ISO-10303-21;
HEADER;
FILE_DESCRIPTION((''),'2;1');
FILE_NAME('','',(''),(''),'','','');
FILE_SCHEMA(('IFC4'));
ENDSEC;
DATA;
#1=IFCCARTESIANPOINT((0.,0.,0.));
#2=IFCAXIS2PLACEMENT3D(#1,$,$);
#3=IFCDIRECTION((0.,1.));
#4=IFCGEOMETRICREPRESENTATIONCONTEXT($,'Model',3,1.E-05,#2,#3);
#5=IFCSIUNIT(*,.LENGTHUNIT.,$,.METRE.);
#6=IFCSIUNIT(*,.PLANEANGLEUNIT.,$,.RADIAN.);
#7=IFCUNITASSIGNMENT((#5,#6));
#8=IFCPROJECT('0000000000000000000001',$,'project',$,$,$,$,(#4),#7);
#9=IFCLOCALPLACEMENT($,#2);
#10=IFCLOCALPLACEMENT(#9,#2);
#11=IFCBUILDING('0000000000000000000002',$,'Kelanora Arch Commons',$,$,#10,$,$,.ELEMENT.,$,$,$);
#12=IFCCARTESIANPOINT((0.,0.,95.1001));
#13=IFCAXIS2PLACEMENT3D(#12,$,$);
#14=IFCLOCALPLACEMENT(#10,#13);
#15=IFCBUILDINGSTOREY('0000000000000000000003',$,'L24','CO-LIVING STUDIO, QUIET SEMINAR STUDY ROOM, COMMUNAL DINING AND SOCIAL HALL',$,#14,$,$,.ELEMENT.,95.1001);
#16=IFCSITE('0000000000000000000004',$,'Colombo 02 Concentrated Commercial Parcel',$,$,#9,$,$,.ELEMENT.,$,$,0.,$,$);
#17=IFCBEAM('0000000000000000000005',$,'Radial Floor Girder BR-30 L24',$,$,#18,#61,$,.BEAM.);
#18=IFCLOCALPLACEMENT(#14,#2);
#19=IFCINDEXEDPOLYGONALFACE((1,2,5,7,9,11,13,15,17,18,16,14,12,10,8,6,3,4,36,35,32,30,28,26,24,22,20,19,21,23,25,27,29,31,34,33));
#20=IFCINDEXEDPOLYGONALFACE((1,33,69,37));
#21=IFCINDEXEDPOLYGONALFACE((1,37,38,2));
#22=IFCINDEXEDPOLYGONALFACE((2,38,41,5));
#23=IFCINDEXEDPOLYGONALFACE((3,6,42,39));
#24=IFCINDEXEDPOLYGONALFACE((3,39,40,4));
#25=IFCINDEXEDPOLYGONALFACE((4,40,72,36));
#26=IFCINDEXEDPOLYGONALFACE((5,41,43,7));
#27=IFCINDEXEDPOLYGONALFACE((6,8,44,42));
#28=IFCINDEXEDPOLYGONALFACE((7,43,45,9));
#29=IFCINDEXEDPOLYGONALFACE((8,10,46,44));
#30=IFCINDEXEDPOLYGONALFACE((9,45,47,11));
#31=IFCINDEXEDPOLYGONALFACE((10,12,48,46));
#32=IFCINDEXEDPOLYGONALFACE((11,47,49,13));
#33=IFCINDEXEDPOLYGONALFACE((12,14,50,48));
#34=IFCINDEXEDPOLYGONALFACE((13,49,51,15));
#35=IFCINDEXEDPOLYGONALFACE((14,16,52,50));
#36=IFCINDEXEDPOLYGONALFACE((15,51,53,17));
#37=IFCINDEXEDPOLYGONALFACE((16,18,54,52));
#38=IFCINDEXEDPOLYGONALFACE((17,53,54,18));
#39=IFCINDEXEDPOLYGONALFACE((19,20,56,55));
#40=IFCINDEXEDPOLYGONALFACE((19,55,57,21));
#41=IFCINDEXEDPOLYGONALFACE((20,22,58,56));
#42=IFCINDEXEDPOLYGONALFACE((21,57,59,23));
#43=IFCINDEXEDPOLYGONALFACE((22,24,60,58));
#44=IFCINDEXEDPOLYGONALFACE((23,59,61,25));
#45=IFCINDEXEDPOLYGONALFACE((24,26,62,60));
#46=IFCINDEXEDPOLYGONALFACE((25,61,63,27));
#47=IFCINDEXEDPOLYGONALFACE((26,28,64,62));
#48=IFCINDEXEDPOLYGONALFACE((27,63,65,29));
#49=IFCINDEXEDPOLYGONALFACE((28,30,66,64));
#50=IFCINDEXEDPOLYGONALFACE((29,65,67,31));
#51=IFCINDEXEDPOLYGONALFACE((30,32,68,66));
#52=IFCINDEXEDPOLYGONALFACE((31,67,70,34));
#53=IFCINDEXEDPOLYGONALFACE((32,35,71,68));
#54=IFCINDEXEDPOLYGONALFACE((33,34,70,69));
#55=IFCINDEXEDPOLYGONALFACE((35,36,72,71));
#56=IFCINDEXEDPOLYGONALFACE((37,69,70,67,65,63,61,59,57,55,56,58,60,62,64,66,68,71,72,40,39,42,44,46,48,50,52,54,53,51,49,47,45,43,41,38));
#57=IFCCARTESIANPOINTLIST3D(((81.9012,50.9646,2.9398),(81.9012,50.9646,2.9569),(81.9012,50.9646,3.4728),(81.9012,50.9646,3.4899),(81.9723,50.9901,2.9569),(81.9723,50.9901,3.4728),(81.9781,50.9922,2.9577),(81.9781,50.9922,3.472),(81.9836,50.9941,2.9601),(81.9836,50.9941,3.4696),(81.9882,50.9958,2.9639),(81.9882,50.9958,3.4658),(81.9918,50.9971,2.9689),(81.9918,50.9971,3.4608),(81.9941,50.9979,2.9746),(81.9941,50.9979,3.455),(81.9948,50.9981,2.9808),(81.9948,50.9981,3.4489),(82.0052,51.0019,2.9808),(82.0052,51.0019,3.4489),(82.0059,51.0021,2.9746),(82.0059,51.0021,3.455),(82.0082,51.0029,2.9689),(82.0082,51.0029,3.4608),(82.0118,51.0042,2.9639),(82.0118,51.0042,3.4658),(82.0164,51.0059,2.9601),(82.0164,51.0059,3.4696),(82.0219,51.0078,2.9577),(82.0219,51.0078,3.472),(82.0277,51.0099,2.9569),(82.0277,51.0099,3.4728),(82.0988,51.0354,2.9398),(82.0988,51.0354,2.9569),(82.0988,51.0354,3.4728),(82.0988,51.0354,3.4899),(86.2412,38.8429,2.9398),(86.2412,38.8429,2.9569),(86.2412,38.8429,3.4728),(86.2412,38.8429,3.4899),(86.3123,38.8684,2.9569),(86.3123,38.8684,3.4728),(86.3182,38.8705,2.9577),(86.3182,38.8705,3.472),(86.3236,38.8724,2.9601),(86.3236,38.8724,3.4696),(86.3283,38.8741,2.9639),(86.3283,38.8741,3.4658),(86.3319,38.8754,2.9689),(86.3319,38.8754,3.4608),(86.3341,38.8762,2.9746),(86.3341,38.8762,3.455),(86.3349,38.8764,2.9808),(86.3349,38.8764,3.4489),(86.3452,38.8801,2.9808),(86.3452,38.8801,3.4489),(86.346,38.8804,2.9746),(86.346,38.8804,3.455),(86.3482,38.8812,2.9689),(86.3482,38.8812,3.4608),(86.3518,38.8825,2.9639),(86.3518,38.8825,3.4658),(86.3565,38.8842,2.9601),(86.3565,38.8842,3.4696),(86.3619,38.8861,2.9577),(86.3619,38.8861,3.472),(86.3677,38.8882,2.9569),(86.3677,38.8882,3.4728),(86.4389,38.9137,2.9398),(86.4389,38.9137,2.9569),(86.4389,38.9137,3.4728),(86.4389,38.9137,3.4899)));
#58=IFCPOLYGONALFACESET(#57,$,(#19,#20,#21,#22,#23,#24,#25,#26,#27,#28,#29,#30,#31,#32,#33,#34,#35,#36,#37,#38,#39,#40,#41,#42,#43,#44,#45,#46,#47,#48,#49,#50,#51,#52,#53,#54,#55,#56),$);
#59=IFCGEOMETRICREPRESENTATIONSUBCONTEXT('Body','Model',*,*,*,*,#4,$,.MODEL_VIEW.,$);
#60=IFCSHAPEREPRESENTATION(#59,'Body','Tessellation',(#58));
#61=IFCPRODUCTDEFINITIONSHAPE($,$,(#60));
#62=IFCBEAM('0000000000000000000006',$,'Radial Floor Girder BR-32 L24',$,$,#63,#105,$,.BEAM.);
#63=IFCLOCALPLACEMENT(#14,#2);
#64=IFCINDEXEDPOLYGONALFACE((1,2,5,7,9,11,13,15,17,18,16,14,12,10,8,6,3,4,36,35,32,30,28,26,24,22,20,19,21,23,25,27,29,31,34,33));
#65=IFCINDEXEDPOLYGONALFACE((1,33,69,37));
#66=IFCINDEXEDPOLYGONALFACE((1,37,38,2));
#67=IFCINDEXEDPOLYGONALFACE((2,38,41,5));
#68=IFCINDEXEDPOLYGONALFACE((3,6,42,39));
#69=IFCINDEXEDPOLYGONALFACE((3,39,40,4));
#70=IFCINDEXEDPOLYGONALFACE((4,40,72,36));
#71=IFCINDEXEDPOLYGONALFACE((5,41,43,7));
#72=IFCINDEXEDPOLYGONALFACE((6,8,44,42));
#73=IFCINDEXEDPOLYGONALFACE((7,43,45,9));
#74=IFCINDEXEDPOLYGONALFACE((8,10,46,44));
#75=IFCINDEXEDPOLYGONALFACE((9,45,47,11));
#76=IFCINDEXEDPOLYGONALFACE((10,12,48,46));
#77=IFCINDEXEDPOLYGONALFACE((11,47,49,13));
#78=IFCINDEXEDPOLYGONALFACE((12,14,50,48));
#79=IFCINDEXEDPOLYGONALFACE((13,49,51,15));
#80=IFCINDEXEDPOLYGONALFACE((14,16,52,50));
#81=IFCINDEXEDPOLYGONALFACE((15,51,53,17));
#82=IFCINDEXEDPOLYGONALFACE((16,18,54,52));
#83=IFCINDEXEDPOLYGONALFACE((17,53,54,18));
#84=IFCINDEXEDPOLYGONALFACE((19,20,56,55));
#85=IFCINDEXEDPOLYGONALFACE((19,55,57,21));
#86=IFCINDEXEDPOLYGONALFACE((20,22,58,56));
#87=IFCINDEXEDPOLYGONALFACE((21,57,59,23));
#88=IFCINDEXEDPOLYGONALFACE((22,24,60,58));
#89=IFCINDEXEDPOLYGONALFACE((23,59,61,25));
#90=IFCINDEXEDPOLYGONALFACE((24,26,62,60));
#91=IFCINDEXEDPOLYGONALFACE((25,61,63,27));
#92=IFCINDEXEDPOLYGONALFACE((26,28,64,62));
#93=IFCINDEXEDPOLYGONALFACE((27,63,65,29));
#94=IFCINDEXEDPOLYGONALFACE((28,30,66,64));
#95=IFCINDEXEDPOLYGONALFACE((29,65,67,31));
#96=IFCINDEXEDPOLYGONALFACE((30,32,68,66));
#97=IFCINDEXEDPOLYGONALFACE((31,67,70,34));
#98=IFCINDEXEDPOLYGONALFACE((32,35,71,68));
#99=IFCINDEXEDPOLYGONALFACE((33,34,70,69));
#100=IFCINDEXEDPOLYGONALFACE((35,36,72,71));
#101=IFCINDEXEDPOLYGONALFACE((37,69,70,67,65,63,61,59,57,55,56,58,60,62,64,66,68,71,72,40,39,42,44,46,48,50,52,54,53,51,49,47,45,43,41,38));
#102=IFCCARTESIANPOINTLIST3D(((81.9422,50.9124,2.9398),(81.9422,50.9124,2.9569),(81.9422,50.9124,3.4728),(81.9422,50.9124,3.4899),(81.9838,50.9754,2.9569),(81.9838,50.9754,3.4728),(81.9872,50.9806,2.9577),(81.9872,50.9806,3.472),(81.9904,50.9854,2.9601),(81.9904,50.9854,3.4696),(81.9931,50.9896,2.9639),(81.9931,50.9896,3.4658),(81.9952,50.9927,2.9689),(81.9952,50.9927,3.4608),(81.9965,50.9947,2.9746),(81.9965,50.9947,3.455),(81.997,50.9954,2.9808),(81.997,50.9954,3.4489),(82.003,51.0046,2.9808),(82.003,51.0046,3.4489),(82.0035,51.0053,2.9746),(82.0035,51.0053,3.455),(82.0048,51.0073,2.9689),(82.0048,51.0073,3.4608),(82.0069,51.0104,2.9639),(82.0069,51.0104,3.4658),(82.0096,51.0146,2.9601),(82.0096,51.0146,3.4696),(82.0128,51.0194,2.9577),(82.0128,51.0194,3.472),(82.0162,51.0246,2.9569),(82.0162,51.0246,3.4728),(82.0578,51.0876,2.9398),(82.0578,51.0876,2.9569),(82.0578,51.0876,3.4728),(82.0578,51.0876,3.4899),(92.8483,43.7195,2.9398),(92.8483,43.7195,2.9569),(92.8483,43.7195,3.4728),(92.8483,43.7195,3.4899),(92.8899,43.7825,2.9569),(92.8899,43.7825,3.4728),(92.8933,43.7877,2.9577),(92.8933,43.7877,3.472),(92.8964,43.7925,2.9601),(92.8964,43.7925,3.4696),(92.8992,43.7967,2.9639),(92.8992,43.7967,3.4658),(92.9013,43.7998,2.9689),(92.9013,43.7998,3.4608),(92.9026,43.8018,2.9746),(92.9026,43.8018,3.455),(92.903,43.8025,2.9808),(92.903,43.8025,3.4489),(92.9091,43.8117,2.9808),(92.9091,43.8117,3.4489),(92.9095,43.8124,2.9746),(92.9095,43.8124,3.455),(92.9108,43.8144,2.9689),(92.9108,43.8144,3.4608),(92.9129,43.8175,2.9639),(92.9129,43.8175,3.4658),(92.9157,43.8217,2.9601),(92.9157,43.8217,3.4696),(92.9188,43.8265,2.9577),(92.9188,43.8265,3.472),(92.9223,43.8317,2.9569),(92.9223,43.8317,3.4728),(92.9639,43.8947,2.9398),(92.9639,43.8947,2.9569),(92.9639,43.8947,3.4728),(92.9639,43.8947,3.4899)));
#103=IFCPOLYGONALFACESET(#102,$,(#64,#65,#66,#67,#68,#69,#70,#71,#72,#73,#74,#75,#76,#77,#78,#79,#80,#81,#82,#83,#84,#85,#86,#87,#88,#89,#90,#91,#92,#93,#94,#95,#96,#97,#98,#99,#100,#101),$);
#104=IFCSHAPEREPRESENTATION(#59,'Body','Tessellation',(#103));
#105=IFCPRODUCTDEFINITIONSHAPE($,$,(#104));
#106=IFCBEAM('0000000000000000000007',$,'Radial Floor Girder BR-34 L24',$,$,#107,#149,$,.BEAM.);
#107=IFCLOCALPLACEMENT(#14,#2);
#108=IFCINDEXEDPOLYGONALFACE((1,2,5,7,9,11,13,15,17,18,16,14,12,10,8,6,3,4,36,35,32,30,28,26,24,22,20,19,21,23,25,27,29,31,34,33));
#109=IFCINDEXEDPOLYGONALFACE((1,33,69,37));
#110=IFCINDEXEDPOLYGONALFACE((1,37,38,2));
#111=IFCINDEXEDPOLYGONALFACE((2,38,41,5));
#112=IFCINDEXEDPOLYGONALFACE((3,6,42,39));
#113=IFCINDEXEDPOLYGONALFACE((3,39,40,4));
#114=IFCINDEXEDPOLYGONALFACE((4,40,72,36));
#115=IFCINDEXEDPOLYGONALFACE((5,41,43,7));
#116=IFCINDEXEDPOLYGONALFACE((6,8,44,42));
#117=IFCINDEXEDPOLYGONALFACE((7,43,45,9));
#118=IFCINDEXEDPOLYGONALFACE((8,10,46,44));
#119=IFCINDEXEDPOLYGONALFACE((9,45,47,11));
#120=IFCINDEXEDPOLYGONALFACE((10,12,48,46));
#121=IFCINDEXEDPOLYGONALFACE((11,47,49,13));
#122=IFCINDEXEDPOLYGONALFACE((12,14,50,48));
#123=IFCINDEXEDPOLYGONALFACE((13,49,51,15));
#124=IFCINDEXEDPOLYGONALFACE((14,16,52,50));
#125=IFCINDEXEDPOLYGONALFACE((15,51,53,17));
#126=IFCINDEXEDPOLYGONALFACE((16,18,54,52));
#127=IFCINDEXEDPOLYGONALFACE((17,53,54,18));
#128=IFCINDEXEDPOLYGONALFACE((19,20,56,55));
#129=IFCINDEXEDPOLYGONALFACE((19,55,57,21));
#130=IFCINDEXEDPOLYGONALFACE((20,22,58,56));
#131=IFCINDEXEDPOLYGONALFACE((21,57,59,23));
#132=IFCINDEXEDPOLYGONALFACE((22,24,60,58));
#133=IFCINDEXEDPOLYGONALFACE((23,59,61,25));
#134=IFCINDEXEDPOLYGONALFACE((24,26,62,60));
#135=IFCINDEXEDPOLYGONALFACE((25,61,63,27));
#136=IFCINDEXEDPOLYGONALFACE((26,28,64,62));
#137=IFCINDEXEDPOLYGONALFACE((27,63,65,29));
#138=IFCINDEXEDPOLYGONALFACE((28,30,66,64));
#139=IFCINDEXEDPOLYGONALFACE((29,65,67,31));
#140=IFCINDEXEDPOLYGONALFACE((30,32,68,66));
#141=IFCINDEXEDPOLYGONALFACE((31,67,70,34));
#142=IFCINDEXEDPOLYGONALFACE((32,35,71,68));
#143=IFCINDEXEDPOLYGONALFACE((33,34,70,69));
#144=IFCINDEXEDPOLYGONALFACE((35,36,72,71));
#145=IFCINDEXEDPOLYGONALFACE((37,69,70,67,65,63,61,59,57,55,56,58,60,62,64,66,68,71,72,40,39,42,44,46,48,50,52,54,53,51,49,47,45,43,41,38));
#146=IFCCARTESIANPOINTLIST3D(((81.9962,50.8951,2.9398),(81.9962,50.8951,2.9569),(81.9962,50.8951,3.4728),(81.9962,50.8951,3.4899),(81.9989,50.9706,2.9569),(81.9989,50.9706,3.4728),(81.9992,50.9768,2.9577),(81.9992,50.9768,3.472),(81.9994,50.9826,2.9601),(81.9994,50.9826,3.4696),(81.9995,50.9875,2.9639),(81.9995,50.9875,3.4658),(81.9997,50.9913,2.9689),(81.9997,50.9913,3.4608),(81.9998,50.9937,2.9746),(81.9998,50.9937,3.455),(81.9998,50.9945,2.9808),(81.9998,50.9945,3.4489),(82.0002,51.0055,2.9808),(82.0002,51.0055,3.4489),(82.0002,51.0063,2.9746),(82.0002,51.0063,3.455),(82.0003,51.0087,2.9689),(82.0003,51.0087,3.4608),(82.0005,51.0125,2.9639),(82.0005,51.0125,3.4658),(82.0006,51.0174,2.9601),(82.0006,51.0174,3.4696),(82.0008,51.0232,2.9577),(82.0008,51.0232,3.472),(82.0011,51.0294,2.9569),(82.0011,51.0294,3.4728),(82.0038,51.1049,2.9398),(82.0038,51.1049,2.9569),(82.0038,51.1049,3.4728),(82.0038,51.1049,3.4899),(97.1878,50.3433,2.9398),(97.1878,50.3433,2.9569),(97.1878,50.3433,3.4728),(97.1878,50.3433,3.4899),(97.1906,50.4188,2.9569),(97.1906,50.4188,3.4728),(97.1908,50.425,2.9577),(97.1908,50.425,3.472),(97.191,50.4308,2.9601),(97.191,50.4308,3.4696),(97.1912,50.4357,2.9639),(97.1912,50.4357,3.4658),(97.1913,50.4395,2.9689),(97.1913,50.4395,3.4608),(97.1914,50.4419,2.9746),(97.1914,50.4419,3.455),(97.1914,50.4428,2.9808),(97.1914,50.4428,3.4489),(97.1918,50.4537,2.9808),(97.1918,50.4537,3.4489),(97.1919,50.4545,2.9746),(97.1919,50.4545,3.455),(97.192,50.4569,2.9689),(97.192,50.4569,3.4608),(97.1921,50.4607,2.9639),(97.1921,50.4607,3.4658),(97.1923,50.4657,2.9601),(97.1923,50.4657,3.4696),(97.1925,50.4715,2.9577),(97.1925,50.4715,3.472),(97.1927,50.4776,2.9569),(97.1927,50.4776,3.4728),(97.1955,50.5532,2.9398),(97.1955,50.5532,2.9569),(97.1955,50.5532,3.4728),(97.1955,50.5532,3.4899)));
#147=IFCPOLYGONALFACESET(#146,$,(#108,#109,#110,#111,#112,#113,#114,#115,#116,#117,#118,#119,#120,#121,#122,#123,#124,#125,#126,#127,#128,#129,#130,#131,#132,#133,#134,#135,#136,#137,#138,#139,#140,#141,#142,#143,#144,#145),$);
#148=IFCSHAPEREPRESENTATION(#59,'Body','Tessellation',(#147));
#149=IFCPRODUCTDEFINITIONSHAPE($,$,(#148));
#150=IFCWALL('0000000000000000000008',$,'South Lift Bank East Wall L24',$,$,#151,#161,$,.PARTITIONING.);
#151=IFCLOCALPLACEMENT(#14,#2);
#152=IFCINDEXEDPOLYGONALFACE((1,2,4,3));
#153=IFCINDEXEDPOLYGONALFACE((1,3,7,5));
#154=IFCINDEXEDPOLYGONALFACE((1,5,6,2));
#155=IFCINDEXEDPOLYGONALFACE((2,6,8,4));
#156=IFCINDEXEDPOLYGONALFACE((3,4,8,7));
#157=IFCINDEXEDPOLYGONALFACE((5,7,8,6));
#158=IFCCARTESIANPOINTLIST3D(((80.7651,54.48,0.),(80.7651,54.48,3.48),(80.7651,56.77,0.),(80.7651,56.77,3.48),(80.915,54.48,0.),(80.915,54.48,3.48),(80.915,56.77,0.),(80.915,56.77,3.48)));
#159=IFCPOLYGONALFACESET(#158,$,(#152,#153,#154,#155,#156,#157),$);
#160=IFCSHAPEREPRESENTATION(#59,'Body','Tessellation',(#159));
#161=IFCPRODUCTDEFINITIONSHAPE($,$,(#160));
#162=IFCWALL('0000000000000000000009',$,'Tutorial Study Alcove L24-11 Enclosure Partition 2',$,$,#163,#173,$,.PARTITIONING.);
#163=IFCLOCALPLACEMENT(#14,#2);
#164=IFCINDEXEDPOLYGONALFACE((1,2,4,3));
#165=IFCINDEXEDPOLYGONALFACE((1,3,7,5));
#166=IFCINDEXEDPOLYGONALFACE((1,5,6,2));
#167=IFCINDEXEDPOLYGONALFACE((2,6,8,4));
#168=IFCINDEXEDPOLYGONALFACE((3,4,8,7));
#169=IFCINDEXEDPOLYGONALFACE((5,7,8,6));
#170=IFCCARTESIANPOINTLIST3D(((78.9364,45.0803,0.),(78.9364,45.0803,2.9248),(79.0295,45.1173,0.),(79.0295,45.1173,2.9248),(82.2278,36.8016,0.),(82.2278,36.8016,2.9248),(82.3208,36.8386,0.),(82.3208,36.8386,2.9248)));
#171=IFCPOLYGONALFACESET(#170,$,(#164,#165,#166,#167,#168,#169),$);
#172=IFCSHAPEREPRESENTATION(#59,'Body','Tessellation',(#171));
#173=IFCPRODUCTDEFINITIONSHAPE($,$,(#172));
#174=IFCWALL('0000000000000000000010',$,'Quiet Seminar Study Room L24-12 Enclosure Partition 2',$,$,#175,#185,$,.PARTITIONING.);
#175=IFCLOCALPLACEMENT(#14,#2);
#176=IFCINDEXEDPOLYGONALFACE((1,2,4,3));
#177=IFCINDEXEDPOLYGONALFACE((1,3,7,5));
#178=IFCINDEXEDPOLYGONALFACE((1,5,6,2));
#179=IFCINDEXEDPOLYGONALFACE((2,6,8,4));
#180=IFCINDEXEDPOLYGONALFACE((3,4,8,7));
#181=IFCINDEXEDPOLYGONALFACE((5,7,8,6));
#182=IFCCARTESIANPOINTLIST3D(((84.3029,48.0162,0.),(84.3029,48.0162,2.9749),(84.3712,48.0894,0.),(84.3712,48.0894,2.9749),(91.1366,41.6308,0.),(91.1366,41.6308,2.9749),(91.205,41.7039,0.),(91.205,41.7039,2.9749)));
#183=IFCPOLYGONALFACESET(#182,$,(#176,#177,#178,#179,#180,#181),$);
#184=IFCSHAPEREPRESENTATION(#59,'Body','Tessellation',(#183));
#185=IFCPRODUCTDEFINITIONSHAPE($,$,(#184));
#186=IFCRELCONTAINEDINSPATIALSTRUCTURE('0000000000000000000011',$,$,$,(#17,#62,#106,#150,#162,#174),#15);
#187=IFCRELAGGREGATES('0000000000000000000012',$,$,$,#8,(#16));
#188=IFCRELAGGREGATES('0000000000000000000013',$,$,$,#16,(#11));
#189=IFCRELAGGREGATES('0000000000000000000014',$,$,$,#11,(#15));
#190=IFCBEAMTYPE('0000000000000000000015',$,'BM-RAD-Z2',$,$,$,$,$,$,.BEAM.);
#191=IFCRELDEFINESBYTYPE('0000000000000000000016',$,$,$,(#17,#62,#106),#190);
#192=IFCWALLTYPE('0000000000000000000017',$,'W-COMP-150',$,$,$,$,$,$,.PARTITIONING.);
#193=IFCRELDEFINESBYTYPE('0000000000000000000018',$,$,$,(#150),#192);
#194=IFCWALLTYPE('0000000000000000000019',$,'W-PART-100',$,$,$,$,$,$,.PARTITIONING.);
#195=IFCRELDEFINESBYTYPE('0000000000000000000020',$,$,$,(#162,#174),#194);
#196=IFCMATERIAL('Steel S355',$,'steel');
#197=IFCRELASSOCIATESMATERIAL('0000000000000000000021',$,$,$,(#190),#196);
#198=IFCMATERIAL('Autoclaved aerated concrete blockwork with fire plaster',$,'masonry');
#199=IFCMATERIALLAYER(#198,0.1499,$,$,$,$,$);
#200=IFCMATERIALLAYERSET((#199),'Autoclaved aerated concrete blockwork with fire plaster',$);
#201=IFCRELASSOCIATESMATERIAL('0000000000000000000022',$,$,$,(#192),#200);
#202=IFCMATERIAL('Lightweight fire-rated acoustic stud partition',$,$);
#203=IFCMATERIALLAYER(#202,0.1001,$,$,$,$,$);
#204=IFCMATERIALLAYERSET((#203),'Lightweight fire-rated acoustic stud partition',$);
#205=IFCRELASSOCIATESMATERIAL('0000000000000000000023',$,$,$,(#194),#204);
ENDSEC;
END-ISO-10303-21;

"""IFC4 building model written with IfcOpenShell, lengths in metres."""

from ifc_helpers import new_model, si_unit, direction, frame, frame_2d, origin, origin_2d, place, context, subcontext, project, spatial, rectangle, i_section, extrude, material, layer, layer_set, material_profile, profile_set, type_object, element, save


model = new_model("IFC4")

# Units and contexts
model_context = context("Model", 3, precision=1e-05, world=origin(), true_north=direction((0.0, 1.0)))
body_context = subcontext(model_context, "Body", "Model", "MODEL_VIEW")
ifc_project = project(units=[si_unit("LENGTHUNIT", "METRE"), si_unit("PLANEANGLEUNIT", "RADIAN")], contexts=[model_context])

# Site, building, storey
site_placement = place(None, origin())
site = spatial("IfcSite", under=ifc_project, at=site_placement, Name="Colombo 02 Concentrated Commercial Parcel", CompositionType="ELEMENT", RefElevation=0.0)
building_placement = place(site_placement, origin())
building = spatial("IfcBuilding", under=site, at=building_placement, Name="Kelanora Arch Commons", CompositionType="ELEMENT")
storey_placement = place(building_placement, frame((0.0, 0.0, 95.1001)))
storey = spatial("IfcBuildingStorey", under=building, at=storey_placement, Name="L24", Description="CO-LIVING STUDIO, QUIET SEMINAR STUDY ROOM, COMMUNAL DINING AND SOCIAL HALL", CompositionType="ELEMENT", Elevation=95.1001)

# Beams
ifc_material_1 = material(Name="Steel S355", Category="steel")
ifc_material_profile_1 = material_profile(ifc_material_1, i_section(OverallWidth=0.21, OverallDepth=0.55, WebThickness=0.011, FlangeThickness=0.0171, FilletRadius=0.0239, at=origin_2d()), Name="IPE550")
ifc_profile_set_1 = profile_set([ifc_material_profile_1], Name="Steel S355")
beam_type_1 = type_object("IfcBeamType", Name="BM-RAD-Z2", PredefinedType="BEAM", material=ifc_profile_set_1)
beam_1_placement = place(storey_placement, frame((82.0, 51.0, 3.2148), z_axis=(0.337085, -0.941474, 0.0), x_axis=(0.941474, 0.337085, 0.0)))
element("IfcBeam", 1, at=beam_1_placement, inside=storey, type_object=beam_type_1, Name="Radial Floor Girder BR-30 L24", PredefinedType="BEAM", context=body_context, shape_type="SweptSolid", body=[
    extrude(i_section(OverallWidth=0.21, OverallDepth=0.55, WebThickness=0.011, FlangeThickness=0.0171, FilletRadius=0.0239, at=origin_2d()), origin(), (0.0, 0.0, 1.0), 12.8752),
])
beam_2_placement = place(storey_placement, frame((82.0, 51.0, 3.2148), z_axis=(0.834789, -0.550571, 0.0), x_axis=(0.550571, 0.834789, 0.0)))
element("IfcBeam", 2, at=beam_2_placement, inside=storey, type_object=beam_type_1, Name="Radial Floor Girder BR-32 L24", PredefinedType="BEAM", context=body_context, shape_type="SweptSolid", body=[
    extrude(i_section(OverallWidth=0.21, OverallDepth=0.55, WebThickness=0.011, FlangeThickness=0.0171, FilletRadius=0.0239, at=origin_2d()), origin(), (0.0, 0.0, 1.0), 13.0645),
])
beam_3_placement = place(storey_placement, frame((82.0, 51.0, 3.2148), z_axis=(0.999341, -0.036296, 0.0), x_axis=(0.036296, 0.999341, 0.0)))
element("IfcBeam", 3, at=beam_3_placement, inside=storey, type_object=beam_type_1, Name="Radial Floor Girder BR-34 L24", PredefinedType="BEAM", context=body_context, shape_type="SweptSolid", body=[
    extrude(i_section(OverallWidth=0.21, OverallDepth=0.55, WebThickness=0.011, FlangeThickness=0.0171, FilletRadius=0.0239, at=origin_2d()), origin(), (0.0, 0.0, 1.0), 15.2017),
])

# Walls
ifc_material_2 = material(Name="Autoclaved aerated concrete blockwork with fire plaster", Category="masonry")
ifc_layer_1 = layer(ifc_material_2, 0.1499)
ifc_layer_set_1 = layer_set([ifc_layer_1], Name="Autoclaved aerated concrete blockwork with fire plaster")
wall_type_1 = type_object("IfcWallType", Name="W-COMP-150", PredefinedType="PARTITIONING", material=ifc_layer_set_1)
wall_1_placement = place(storey_placement, frame((80.8401, 54.48, 0.0), z_axis=(0.0, 0.0, 1.0), x_axis=(0.0, 1.0, 0.0)))
element("IfcWall", 4, at=wall_1_placement, inside=storey, type_object=wall_type_1, Name="South Lift Bank East Wall L24", PredefinedType="PARTITIONING", context=body_context, shape_type="SweptSolid", body=[
    extrude(rectangle(XDim=2.29, YDim=0.1499, at=frame_2d((1.145, 0.0))), origin(), (0.0, 0.0, 1.0), 3.48),
])
ifc_material_3 = material(Name="Lightweight fire-rated acoustic stud partition")
ifc_layer_2 = layer(ifc_material_3, 0.1001)
ifc_layer_set_2 = layer_set([ifc_layer_2], Name="Lightweight fire-rated acoustic stud partition")
wall_type_2 = type_object("IfcWallType", Name="W-PART-100", PredefinedType="PARTITIONING", material=ifc_layer_set_2)
wall_2_placement = place(storey_placement, frame((78.9829, 45.0989, 0.0), z_axis=(0.0, 0.0, 1.0), x_axis=(0.369438, -0.929255, 0.0)))
element("IfcWall", 5, at=wall_2_placement, inside=storey, type_object=wall_type_2, Name="Tutorial Study Alcove L24-11 Enclosure Partition 2", PredefinedType="PARTITIONING", context=body_context, shape_type="SweptSolid", body=[
    extrude(rectangle(XDim=8.9089, YDim=0.1001, at=frame_2d((4.4546, 0.0))), origin(), (0.0, 0.0, 1.0), 2.9248),
])
wall_3_placement = place(storey_placement, frame((84.3372, 48.0527, 0.0), z_axis=(0.0, 0.0, 1.0), x_axis=(0.730664, -0.682738, 0.0)))
element("IfcWall", 6, at=wall_3_placement, inside=storey, type_object=wall_type_2, Name="Quiet Seminar Study Room L24-12 Enclosure Partition 2", PredefinedType="PARTITIONING", context=body_context, shape_type="SweptSolid", body=[
    extrude(rectangle(XDim=9.3528, YDim=0.1001, at=frame_2d((4.6763, 0.0))), origin(), (0.0, 0.0, 1.0), 2.9749),
])

save(model, "model.ifc")
